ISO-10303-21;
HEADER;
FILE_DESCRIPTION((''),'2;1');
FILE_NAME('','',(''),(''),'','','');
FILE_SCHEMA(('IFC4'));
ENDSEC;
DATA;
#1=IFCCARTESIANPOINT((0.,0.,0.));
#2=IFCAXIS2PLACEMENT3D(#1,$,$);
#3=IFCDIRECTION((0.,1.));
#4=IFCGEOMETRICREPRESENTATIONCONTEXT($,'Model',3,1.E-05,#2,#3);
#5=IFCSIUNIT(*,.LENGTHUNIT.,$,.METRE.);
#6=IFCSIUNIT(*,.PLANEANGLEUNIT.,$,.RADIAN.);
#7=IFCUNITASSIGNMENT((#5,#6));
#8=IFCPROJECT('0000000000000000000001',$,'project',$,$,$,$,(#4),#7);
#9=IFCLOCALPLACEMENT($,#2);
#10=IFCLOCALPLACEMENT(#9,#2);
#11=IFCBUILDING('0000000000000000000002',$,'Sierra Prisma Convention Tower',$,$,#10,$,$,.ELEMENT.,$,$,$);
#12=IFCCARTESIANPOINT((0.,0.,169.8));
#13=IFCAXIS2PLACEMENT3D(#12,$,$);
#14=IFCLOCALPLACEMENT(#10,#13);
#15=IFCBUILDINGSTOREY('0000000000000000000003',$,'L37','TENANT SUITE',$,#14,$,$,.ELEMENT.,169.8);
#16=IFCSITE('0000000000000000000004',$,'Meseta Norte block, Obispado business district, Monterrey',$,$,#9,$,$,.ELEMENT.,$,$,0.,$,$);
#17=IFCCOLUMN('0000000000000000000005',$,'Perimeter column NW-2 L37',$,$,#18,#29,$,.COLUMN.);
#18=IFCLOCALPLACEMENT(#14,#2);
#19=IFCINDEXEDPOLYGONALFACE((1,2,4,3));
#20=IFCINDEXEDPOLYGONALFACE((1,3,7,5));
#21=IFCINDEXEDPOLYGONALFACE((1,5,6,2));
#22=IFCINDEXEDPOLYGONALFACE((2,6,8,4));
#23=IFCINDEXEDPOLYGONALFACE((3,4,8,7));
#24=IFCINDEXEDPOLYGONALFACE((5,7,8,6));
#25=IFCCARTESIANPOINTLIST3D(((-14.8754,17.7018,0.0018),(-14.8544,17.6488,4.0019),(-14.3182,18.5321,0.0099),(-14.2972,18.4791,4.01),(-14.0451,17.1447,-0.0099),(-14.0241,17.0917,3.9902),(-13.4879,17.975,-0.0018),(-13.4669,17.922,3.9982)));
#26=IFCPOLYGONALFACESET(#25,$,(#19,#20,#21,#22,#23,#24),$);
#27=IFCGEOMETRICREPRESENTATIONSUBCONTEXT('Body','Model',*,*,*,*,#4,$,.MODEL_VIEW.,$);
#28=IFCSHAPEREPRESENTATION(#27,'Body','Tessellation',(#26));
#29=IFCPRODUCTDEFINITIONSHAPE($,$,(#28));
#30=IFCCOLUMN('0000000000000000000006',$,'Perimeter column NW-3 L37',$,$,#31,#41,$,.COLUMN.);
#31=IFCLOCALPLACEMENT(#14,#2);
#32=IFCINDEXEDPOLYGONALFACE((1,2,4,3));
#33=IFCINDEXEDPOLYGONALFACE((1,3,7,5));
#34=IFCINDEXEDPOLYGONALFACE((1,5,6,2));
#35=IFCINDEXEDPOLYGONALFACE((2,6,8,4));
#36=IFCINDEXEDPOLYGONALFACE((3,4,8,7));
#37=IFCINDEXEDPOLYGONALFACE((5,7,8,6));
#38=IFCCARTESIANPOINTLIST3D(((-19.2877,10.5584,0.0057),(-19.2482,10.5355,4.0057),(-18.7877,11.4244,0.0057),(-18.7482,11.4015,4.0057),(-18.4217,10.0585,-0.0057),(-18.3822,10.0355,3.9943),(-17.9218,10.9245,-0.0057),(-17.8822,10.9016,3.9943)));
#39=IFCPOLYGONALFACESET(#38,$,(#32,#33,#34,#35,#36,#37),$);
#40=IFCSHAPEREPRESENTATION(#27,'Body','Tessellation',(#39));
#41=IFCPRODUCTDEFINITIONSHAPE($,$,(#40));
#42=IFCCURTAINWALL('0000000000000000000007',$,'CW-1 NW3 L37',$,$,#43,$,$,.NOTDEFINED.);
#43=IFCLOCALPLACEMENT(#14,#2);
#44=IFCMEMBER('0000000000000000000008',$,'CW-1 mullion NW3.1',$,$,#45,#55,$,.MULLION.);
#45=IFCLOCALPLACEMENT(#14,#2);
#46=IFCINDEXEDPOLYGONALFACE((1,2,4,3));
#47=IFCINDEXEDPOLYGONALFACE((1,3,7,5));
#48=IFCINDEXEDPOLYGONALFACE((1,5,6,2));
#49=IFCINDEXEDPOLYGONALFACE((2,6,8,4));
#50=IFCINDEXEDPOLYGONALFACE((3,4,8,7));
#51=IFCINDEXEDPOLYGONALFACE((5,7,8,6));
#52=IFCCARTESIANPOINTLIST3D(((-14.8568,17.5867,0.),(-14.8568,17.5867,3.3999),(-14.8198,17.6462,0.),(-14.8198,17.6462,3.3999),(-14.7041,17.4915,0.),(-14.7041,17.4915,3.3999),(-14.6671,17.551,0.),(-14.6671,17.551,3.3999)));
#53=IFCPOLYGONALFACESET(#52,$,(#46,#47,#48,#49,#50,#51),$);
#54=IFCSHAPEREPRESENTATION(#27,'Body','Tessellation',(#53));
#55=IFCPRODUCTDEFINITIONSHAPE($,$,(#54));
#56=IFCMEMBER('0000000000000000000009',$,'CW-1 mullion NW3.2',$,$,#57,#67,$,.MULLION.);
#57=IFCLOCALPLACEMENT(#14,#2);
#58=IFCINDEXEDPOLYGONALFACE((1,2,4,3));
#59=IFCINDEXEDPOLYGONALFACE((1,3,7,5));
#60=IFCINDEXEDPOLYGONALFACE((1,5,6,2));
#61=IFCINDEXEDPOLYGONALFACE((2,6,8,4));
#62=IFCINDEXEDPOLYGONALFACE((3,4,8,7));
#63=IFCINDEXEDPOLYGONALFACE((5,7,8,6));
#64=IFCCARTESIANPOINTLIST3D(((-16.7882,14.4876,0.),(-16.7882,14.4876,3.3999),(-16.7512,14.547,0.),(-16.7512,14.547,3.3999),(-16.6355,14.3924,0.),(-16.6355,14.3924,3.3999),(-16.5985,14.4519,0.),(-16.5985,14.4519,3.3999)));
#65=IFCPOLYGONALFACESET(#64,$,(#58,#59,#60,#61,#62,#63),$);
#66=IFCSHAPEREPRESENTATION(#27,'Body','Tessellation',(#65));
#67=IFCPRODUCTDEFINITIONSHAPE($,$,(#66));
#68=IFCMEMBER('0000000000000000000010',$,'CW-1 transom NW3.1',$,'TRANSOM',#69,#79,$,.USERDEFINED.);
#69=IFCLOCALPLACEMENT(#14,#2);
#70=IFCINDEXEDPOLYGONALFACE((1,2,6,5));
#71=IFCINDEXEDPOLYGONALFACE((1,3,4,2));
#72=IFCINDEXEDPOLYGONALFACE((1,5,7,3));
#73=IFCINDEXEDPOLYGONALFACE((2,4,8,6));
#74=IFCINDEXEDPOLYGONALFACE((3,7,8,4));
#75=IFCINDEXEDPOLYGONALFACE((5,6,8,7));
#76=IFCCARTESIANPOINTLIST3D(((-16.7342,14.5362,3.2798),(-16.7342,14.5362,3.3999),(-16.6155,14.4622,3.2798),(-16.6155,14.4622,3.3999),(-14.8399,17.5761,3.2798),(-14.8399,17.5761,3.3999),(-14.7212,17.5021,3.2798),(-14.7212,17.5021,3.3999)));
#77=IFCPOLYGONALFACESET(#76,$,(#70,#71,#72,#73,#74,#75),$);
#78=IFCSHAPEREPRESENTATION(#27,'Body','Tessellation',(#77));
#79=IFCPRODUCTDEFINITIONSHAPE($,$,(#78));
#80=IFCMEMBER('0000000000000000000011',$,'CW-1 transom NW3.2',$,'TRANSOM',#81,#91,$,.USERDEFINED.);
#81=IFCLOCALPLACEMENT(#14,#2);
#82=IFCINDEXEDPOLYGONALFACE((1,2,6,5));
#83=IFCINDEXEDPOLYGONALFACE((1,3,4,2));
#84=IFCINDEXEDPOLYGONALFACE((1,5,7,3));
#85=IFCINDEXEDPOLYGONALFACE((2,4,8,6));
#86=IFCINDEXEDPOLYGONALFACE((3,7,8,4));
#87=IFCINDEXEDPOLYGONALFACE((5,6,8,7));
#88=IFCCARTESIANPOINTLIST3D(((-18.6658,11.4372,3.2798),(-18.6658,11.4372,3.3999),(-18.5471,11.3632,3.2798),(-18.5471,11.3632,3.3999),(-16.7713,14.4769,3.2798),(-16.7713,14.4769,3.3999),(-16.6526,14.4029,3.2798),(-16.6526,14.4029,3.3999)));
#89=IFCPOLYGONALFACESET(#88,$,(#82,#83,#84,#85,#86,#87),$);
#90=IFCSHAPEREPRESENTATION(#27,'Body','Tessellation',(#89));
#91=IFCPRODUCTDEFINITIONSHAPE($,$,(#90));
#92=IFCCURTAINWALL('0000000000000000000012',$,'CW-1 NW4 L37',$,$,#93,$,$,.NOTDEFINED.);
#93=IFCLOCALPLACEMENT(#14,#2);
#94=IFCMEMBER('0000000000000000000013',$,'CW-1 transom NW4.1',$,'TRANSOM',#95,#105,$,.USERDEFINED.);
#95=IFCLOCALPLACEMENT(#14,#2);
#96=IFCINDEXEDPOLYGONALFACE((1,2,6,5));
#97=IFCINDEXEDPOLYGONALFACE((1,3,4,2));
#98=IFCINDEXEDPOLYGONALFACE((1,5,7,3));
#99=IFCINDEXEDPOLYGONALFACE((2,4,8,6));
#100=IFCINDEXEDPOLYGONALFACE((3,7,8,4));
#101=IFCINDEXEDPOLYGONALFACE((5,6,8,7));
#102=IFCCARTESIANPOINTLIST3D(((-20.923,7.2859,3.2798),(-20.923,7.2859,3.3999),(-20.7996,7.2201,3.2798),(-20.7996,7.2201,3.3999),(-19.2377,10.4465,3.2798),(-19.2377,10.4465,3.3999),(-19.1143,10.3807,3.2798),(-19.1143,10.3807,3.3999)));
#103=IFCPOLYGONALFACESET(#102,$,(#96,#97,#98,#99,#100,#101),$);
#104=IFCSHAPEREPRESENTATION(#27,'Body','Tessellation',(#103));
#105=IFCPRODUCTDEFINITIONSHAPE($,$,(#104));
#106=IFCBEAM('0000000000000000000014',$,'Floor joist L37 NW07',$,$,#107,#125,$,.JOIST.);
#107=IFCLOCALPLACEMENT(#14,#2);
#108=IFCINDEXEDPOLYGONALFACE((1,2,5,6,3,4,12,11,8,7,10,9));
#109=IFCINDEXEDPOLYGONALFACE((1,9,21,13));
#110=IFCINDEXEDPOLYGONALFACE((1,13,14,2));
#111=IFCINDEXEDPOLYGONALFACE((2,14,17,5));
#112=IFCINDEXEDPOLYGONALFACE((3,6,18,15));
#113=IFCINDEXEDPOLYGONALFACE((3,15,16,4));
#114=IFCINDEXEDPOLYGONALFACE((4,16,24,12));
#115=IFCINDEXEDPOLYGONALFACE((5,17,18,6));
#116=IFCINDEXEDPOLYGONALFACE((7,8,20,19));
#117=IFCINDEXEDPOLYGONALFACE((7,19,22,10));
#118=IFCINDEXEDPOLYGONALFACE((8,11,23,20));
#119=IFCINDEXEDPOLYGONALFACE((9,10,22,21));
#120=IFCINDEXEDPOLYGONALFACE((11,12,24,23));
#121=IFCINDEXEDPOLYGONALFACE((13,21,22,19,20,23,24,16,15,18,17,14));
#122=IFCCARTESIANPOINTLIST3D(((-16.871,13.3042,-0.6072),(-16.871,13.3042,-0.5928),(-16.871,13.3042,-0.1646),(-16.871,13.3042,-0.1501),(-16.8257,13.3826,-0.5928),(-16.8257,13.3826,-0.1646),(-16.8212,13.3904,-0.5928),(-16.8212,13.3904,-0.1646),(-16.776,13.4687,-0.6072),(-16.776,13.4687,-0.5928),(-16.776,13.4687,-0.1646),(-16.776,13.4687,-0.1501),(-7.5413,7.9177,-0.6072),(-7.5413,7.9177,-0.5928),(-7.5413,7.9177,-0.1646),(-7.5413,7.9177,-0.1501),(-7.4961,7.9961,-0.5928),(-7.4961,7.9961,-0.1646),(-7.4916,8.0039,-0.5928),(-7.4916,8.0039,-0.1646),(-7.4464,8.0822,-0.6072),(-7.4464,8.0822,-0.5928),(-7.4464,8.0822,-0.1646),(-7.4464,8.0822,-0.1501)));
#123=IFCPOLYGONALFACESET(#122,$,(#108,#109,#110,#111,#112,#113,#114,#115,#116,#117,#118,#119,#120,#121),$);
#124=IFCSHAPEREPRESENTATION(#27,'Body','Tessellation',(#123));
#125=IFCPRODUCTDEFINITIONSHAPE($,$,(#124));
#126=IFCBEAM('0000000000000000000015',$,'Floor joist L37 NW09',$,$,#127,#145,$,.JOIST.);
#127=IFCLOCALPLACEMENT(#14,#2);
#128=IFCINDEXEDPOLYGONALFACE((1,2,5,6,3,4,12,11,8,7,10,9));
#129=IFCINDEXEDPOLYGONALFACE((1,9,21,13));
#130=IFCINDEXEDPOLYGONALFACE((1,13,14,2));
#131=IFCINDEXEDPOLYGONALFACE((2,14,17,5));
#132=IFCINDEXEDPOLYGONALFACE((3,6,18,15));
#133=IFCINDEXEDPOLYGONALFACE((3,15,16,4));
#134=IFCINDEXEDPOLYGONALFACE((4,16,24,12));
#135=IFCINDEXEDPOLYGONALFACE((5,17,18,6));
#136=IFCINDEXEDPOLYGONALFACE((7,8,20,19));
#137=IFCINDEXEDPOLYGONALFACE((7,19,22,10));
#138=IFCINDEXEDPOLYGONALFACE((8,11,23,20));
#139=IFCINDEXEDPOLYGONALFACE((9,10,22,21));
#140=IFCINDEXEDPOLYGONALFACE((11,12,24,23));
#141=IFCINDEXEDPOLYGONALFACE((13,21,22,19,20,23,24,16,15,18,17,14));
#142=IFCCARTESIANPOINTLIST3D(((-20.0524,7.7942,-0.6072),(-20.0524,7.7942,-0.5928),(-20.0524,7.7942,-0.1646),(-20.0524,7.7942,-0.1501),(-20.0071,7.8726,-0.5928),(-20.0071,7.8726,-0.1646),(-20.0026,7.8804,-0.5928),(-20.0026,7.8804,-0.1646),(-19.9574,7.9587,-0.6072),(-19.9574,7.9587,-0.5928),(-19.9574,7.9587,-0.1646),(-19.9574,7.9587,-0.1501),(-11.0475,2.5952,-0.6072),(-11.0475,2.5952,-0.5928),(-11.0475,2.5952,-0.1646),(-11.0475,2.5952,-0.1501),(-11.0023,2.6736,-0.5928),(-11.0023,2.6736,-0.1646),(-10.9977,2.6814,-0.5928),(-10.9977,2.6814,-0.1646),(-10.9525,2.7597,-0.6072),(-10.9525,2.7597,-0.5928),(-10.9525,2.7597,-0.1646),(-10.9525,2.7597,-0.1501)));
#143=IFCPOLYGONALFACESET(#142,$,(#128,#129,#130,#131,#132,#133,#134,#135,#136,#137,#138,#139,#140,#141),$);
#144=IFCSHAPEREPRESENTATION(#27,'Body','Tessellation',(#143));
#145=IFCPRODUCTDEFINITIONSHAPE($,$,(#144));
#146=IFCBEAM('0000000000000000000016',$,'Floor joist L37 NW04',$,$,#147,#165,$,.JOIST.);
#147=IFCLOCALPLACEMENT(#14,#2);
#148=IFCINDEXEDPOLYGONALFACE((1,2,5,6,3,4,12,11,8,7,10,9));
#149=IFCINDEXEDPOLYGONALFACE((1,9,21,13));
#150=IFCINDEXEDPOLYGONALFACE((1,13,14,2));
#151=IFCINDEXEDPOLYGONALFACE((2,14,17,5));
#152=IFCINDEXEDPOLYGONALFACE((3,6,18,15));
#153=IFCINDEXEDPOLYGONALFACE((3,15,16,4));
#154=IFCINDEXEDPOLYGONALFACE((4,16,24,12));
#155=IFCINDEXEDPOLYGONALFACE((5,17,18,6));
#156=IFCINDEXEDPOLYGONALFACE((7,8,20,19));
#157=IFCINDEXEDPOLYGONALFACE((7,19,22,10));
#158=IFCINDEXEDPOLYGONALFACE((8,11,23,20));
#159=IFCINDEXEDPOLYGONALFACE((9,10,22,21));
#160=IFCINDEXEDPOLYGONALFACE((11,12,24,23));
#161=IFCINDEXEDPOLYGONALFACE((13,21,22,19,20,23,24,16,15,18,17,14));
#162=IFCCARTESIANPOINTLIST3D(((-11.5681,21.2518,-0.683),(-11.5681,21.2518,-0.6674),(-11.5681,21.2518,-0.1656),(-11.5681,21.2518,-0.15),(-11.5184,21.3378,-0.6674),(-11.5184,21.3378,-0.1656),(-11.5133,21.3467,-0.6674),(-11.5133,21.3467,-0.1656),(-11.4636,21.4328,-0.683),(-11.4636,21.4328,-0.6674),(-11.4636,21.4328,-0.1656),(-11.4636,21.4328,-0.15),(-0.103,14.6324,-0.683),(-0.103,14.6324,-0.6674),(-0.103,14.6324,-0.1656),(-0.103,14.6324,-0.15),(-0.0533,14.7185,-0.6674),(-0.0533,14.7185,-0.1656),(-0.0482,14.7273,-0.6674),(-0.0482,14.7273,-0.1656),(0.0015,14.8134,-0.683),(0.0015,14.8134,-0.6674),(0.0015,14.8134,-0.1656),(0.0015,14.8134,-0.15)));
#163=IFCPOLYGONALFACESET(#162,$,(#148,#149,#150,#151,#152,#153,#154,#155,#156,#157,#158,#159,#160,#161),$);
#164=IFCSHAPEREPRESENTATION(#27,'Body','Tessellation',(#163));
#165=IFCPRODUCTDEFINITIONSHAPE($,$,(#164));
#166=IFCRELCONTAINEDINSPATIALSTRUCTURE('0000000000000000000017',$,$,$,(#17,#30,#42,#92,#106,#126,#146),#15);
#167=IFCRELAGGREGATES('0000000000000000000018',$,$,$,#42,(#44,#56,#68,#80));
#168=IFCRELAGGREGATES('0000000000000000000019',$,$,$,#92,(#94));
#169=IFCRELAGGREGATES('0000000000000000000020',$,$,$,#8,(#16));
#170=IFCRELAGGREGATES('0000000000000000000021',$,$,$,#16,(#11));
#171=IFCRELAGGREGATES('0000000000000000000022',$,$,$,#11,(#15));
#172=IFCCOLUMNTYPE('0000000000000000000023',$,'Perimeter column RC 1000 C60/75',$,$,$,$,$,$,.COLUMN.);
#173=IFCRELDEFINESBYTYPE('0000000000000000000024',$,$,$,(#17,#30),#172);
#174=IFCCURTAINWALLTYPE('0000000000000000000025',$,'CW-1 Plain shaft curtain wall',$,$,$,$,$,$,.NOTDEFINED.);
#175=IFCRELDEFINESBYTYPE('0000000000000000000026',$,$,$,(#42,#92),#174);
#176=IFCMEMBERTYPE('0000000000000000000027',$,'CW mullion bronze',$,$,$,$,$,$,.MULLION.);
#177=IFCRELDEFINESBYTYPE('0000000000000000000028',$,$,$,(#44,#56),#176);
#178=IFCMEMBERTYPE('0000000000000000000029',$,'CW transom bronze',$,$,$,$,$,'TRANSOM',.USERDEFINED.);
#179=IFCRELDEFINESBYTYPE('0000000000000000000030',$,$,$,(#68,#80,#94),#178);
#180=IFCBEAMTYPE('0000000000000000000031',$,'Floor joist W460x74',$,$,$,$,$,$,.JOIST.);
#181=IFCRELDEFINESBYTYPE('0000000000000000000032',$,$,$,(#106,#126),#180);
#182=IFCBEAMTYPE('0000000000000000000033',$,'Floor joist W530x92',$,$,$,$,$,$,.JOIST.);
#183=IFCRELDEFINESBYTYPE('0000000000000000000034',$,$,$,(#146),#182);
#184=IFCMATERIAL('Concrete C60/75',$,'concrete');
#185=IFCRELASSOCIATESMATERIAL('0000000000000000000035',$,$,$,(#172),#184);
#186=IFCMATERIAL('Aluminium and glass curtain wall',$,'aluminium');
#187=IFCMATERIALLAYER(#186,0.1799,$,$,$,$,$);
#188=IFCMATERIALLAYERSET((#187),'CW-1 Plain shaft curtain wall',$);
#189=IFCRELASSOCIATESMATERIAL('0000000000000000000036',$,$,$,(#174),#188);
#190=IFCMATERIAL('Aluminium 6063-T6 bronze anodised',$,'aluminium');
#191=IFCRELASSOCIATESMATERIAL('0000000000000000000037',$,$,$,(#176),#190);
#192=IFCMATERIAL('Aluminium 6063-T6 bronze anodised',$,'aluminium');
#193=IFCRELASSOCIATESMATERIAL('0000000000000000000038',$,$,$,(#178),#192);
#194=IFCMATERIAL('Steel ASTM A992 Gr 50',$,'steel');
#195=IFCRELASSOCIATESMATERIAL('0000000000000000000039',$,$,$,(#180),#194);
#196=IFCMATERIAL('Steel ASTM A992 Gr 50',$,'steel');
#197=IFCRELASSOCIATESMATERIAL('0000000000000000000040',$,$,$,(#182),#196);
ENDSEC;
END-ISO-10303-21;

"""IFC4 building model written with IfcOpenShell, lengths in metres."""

from ifc_helpers import new_model, si_unit, direction, frame, origin, origin_2d, place, context, subcontext, project, spatial, rectangle, i_section, extrude, material, layer, layer_set, material_profile, profile_set, type_object, element, aggregate, save


model = new_model("IFC4")

# Units and contexts
model_context = context("Model", 3, precision=1e-05, world=origin(), true_north=direction((0.0, 1.0)))
body_context = subcontext(model_context, "Body", "Model", "MODEL_VIEW")
ifc_project = project(units=[si_unit("LENGTHUNIT", "METRE"), si_unit("PLANEANGLEUNIT", "RADIAN")], contexts=[model_context])

# Site, building, storey
site_placement = place(None, origin())
site = spatial("IfcSite", under=ifc_project, at=site_placement, Name="Meseta Norte block, Obispado business district, Monterrey", CompositionType="ELEMENT", RefElevation=0.0)
building_placement = place(site_placement, origin())
building = spatial("IfcBuilding", under=site, at=building_placement, Name="Sierra Prisma Convention Tower", CompositionType="ELEMENT")
storey_placement = place(building_placement, frame((0.0, 0.0, 169.8)))
storey = spatial("IfcBuildingStorey", under=building, at=storey_placement, Name="L37", Description="TENANT SUITE", CompositionType="ELEMENT", Elevation=169.8)

# Columns
ifc_material_1 = material(Name="Concrete C60/75", Category="concrete")
ifc_material_profile_1 = material_profile(ifc_material_1, rectangle(XDim=1.0, YDim=1.0, at=origin_2d()), Name="Perimeter column RC 1000 C60/75")
ifc_profile_set_1 = profile_set([ifc_material_profile_1], Name="Concrete C60/75")
column_type = type_object("IfcColumnType", Name="Perimeter column RC 1000 C60/75", PredefinedType="COLUMN", material=ifc_profile_set_1)
column_1_placement = place(storey_placement, frame((-14.1816, 17.8384, 0.0), z_axis=(0.005248, -0.013243, 0.999899), x_axis=(0.557217, 0.830328, 0.008073)))
element("IfcColumn", 1, at=column_1_placement, inside=storey, type_object=column_type, Name="Perimeter column NW-2 L37", PredefinedType="COLUMN", context=body_context, shape_type="SweptSolid", body=[
    extrude(rectangle(XDim=1.0, YDim=1.0, at=origin_2d()), origin(), (0.0, 0.0, 1.0), 4.0005),
])
column_2_placement = place(storey_placement, frame((-18.6047, 10.7415, 0.0), z_axis=(0.009887, -0.005737, 0.999935), x_axis=(0.499976, 0.86604, 0.000025)))
element("IfcColumn", 2, at=column_2_placement, inside=storey, type_object=column_type, Name="Perimeter column NW-3 L37", PredefinedType="COLUMN", context=body_context, shape_type="SweptSolid", body=[
    extrude(rectangle(XDim=1.0, YDim=1.0, at=origin_2d()), origin(), (0.0, 0.0, 1.0), 4.0002),
])

# Curtain wall, members
ifc_material_2 = material(Name="Aluminium and glass curtain wall", Category="aluminium")
ifc_layer_1 = layer(ifc_material_2, 0.1799)
ifc_layer_set_1 = layer_set([ifc_layer_1], Name="CW-1 Plain shaft curtain wall")
curtain_wall_type = type_object("IfcCurtainWallType", Name="CW-1 Plain shaft curtain wall", PredefinedType="NOTDEFINED", material=ifc_layer_set_1)
curtain_wall_1_placement = place(storey_placement, origin())
curtain_wall_1 = element("IfcCurtainWall", 3, at=curtain_wall_1_placement, inside=storey, type_object=curtain_wall_type, Name="CW-1 NW3 L37", PredefinedType="NOTDEFINED")
ifc_material_3 = material(Name="Aluminium 6063-T6 bronze anodised", Category="aluminium")
ifc_material_profile_2 = material_profile(ifc_material_3, rectangle(XDim=0.1799, YDim=0.0701, at=origin_2d()), Name="ALU MULLION 70x180")
ifc_profile_set_2 = profile_set([ifc_material_profile_2], Name="Aluminium 6063-T6 bronze anodised")
member_type_1 = type_object("IfcMemberType", Name="CW mullion bronze", PredefinedType="MULLION", material=ifc_profile_set_2)
member_1_placement = place(storey_placement, frame((-14.762, 17.5688, 0.0), z_axis=(0.0, 0.0, 1.0), x_axis=(0.848676, -0.528913, 0.0)))
member_1 = element("IfcMember", 4, at=member_1_placement, type_object=member_type_1, Name="CW-1 mullion NW3.1", PredefinedType="MULLION", context=body_context, shape_type="SweptSolid", body=[
    extrude(rectangle(XDim=0.1799, YDim=0.0701, at=origin_2d()), origin(), (0.0, 0.0, 1.0), 3.3999),
])
member_2_placement = place(storey_placement, frame((-16.6934, 14.4697, 0.0), z_axis=(0.0, 0.0, 1.0), x_axis=(0.848676, -0.528913, 0.0)))
member_2 = element("IfcMember", 5, at=member_2_placement, type_object=member_type_1, Name="CW-1 mullion NW3.2", PredefinedType="MULLION", context=body_context, shape_type="SweptSolid", body=[
    extrude(rectangle(XDim=0.1799, YDim=0.0701, at=origin_2d()), origin(), (0.0, 0.0, 1.0), 3.3999),
])
ifc_material_4 = material(Name="Aluminium 6063-T6 bronze anodised", Category="aluminium")
ifc_material_profile_3 = material_profile(ifc_material_4, rectangle(XDim=0.1399, YDim=0.1201, at=origin_2d()), Name="ALU TRANSOM 120x140")
ifc_profile_set_3 = profile_set([ifc_material_profile_3], Name="Aluminium 6063-T6 bronze anodised")
member_type_2 = type_object("IfcMemberType", Name="CW transom bronze", ElementType="TRANSOM", PredefinedType="USERDEFINED", material=ifc_profile_set_3)
member_3_placement = place(storey_placement, frame((-14.7805, 17.5391, 3.3398), z_axis=(-0.528877, -0.848698, 0.0), x_axis=(0.848698, -0.528877, 0.0)))
member_3 = element("IfcMember", 6, at=member_3_placement, type_object=member_type_2, Name="CW-1 transom NW3.1", ObjectType="TRANSOM", PredefinedType="USERDEFINED", context=body_context, shape_type="SweptSolid", body=[
    extrude(rectangle(XDim=0.1399, YDim=0.1201, at=origin_2d()), origin(), (0.0, 0.0, 1.0), 3.5818),
])
member_4_placement = place(storey_placement, frame((-16.7119, 14.4399, 3.3398), z_axis=(-0.528926, -0.848668, 0.0), x_axis=(0.848668, -0.528926, 0.0)))
member_4 = element("IfcMember", 7, at=member_4_placement, type_object=member_type_2, Name="CW-1 transom NW3.2", ObjectType="TRANSOM", PredefinedType="USERDEFINED", context=body_context, shape_type="SweptSolid", body=[
    extrude(rectangle(XDim=0.1399, YDim=0.1201, at=origin_2d()), origin(), (0.0, 0.0, 1.0), 3.5818),
])

# Curtain wall, member
curtain_wall_2_placement = place(storey_placement, origin())
curtain_wall_2 = element("IfcCurtainWall", 8, at=curtain_wall_2_placement, inside=storey, type_object=curtain_wall_type, Name="CW-1 NW4 L37", PredefinedType="NOTDEFINED")
member_5_placement = place(storey_placement, frame((-19.176, 10.4136, 3.3398), z_axis=(-0.470507, -0.882396, 0.0), x_axis=(0.882396, -0.470507, 0.0)))
member_5 = element("IfcMember", 9, at=member_5_placement, type_object=member_type_2, Name="CW-1 transom NW4.1", ObjectType="TRANSOM", PredefinedType="USERDEFINED", context=body_context, shape_type="SweptSolid", body=[
    extrude(rectangle(XDim=0.1399, YDim=0.1201, at=origin_2d()), origin(), (0.0, 0.0, 1.0), 3.5818),
])

# Beams
ifc_material_5 = material(Name="Steel ASTM A992 Gr 50", Category="steel")
ifc_material_profile_4 = material_profile(ifc_material_5, i_section(OverallWidth=0.1899, OverallDepth=0.457, WebThickness=0.009, FlangeThickness=0.0144, at=origin_2d()), Name="W460x74")
ifc_profile_set_4 = profile_set([ifc_material_profile_4], Name="Steel ASTM A992 Gr 50")
beam_type_1 = type_object("IfcBeamType", Name="Floor joist W460x74", PredefinedType="JOIST", material=ifc_profile_set_4)
beam_1_placement = place(storey_placement, frame((-16.8235, 13.3865, -0.3787), z_axis=(0.866024, -0.500002, 0.0), x_axis=(0.500002, 0.866024, 0.0)))
element("IfcBeam", 10, at=beam_1_placement, inside=storey, type_object=beam_type_1, Name="Floor joist L37 NW07", PredefinedType="JOIST", context=body_context, shape_type="SweptSolid", body=[
    extrude(i_section(OverallWidth=0.1899, OverallDepth=0.457, WebThickness=0.009, FlangeThickness=0.0144, at=origin_2d()), origin(), (0.0, 0.0, 1.0), 10.7729),
])
beam_2_placement = place(storey_placement, frame((-20.0049, 7.8765, -0.3787), z_axis=(0.866025, -0.5, 0.0), x_axis=(0.5, 0.866025, 0.0)))
element("IfcBeam", 11, at=beam_2_placement, inside=storey, type_object=beam_type_1, Name="Floor joist L37 NW09", PredefinedType="JOIST", context=body_context, shape_type="SweptSolid", body=[
    extrude(i_section(OverallWidth=0.1899, OverallDepth=0.457, WebThickness=0.009, FlangeThickness=0.0144, at=origin_2d()), origin(), (0.0, 0.0, 1.0), 10.3979),
])
ifc_material_6 = material(Name="Steel ASTM A992 Gr 50", Category="steel")
ifc_material_profile_5 = material_profile(ifc_material_6, i_section(OverallWidth=0.209, OverallDepth=0.533, WebThickness=0.0103, FlangeThickness=0.0156, at=origin_2d()), Name="W530x92")
ifc_profile_set_5 = profile_set([ifc_material_profile_5], Name="Steel ASTM A992 Gr 50")
beam_type_2 = type_object("IfcBeamType", Name="Floor joist W530x92", PredefinedType="JOIST", material=ifc_profile_set_5)
beam_3_placement = place(storey_placement, frame((-11.5159, 21.3423, -0.4165), z_axis=(0.866025, -0.500001, 0.0), x_axis=(0.500001, 0.866025, 0.0)))
element("IfcBeam", 12, at=beam_3_placement, inside=storey, type_object=beam_type_2, Name="Floor joist L37 NW04", PredefinedType="JOIST", context=body_context, shape_type="SweptSolid", body=[
    extrude(i_section(OverallWidth=0.209, OverallDepth=0.533, WebThickness=0.0103, FlangeThickness=0.0156, at=origin_2d()), origin(), (0.0, 0.0, 1.0), 13.2388),
])

aggregate(curtain_wall_1, [member_1, member_2, member_3, member_4])
aggregate(curtain_wall_2, [member_5])

save(model, "model.ifc")
